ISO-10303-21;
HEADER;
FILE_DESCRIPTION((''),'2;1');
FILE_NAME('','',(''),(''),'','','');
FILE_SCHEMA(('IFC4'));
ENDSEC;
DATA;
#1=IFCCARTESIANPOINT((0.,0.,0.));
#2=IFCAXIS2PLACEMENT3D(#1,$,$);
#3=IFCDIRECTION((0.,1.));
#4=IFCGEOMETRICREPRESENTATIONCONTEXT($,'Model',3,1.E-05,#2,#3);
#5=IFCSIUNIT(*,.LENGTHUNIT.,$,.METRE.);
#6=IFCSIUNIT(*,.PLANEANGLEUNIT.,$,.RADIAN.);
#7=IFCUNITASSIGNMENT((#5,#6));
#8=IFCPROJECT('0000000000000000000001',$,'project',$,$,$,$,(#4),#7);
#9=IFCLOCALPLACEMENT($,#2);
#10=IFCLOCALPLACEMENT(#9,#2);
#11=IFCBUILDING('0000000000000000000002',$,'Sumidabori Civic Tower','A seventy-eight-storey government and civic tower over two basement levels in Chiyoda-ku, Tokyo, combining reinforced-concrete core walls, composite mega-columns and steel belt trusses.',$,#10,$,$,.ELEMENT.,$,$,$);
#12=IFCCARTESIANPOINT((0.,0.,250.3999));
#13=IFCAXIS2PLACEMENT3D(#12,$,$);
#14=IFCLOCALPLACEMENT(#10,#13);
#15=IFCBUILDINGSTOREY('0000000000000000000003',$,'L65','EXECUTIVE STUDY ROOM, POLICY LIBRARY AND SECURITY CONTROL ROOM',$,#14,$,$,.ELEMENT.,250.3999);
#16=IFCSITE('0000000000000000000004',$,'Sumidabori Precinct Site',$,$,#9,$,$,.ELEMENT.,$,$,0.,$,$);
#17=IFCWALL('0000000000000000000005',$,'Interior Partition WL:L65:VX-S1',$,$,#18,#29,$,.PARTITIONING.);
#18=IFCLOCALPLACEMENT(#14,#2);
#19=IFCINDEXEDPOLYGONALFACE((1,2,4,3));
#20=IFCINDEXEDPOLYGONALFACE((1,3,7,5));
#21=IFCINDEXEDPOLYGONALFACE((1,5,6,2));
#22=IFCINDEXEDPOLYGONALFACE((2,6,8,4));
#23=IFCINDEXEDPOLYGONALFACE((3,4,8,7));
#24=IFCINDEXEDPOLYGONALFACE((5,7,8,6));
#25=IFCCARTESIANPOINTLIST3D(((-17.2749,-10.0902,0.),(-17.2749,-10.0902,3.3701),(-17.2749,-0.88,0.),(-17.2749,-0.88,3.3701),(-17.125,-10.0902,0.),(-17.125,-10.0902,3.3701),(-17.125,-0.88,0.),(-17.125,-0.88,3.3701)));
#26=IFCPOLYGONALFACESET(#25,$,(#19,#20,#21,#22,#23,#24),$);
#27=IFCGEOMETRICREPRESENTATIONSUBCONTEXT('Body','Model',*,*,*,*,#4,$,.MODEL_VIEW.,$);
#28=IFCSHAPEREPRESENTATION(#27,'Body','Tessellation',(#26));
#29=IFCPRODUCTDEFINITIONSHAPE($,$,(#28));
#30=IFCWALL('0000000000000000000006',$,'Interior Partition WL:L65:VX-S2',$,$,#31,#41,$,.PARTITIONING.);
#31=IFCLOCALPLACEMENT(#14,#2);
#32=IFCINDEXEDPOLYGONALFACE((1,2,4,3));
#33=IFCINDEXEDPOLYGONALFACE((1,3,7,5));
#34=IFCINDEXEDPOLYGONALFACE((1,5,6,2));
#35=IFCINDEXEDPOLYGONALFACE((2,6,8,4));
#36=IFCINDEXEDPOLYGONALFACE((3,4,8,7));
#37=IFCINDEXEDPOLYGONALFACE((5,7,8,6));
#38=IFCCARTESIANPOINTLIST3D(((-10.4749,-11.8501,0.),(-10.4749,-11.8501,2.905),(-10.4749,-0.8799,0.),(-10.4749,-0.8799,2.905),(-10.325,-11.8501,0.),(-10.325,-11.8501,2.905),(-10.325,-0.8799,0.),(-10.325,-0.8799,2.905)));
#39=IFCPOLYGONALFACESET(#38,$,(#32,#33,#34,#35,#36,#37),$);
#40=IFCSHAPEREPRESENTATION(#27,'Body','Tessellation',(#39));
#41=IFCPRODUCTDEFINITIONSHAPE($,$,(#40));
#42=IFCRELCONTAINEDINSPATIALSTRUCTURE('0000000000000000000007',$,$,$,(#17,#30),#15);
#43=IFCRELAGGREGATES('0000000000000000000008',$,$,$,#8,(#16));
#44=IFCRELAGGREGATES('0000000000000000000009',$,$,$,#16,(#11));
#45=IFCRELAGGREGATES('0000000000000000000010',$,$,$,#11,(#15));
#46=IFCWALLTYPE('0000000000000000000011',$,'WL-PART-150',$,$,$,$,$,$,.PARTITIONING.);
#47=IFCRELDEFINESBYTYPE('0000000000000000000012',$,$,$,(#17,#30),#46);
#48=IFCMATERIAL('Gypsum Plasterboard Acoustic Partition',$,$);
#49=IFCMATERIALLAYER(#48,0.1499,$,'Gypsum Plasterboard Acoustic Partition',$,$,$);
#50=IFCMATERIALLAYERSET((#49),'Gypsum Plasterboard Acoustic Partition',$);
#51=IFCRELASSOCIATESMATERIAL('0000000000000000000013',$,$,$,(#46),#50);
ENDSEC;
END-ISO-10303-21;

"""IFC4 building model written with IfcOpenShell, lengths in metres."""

from ifc_helpers import new_model, si_unit, direction, frame, frame_2d, origin, place, context, subcontext, project, spatial, rectangle, extrude, source, transform, mapped, material, layer, layer_set, type_object, element, save


model = new_model("IFC4")

# Units and contexts
model_context = context("Model", 3, precision=1e-05, world=origin(), true_north=direction((0.0, 1.0)))
body_context = subcontext(model_context, "Body", "Model", "MODEL_VIEW")
ifc_project = project(units=[si_unit("LENGTHUNIT", "METRE"), si_unit("PLANEANGLEUNIT", "RADIAN")], contexts=[model_context])

# Site, building, storey
site_placement = place(None, origin())
site = spatial("IfcSite", under=ifc_project, at=site_placement, Name="Sumidabori Precinct Site", CompositionType="ELEMENT", RefElevation=0.0)
building_placement = place(site_placement, origin())
building = spatial("IfcBuilding", under=site, at=building_placement, Name="Sumidabori Civic Tower", Description="A seventy-eight-storey government and civic tower over two basement levels in Chiyoda-ku, Tokyo, combining reinforced-concrete core walls, composite mega-columns and steel belt trusses.", CompositionType="ELEMENT")
storey_placement = place(building_placement, frame((0.0, 0.0, 250.3999)))
storey = spatial("IfcBuildingStorey", under=building, at=storey_placement, Name="L65", Description="EXECUTIVE STUDY ROOM, POLICY LIBRARY AND SECURITY CONTROL ROOM", CompositionType="ELEMENT", Elevation=250.3999)

# Shared definitions
ifc_material_1 = material(Name="Gypsum Plasterboard Acoustic Partition")
ifc_layer_1 = layer(ifc_material_1, 0.1499, Name="Gypsum Plasterboard Acoustic Partition")
ifc_layer_set_1 = layer_set([ifc_layer_1], Name="Gypsum Plasterboard Acoustic Partition")
wall_type_1 = type_object("IfcWallType", Name="WL-PART-150", PredefinedType="PARTITIONING", material=ifc_layer_set_1)

# Walls
shared_shape_1 = source(origin(), body_context, "Body", "SweptSolid", [
    extrude(rectangle(XDim=9.2102, YDim=0.1499, at=frame_2d((4.605, 0.0))), origin(), (0.0, 0.0, 1.0), 3.3701),
])
wall_1_placement = place(storey_placement, frame((-17.2, -10.0901, 0.0), z_axis=(0.0, 0.0, 1.0), x_axis=(0.0, 1.0, 0.0)))
element("IfcWall", 1, at=wall_1_placement, inside=storey, type_object=wall_type_1, Name="Interior Partition WL:L65:VX-S1", PredefinedType="PARTITIONING", context=body_context, shape_type="MappedRepresentation", body=[
    mapped(shared_shape_1, transform((0.0, 0.0, 0.0), x_axis=(1.0, 0.0, 0.0), y_axis=(0.0, 1.0, 0.0), z_axis=(0.0, 0.0, 1.0), scale=1.0)),
])
shared_shape_2 = source(origin(), body_context, "Body", "SweptSolid", [
    extrude(rectangle(XDim=10.9702, YDim=0.1499, at=frame_2d((5.4851, 0.0))), origin(), (0.0, 0.0, 1.0), 2.905),
])
wall_2_placement = place(storey_placement, frame((-10.3999, -11.8501, 0.0), z_axis=(0.0, 0.0, 1.0), x_axis=(0.0, 1.0, 0.0)))
element("IfcWall", 2, at=wall_2_placement, inside=storey, type_object=wall_type_1, Name="Interior Partition WL:L65:VX-S2", PredefinedType="PARTITIONING", context=body_context, shape_type="MappedRepresentation", body=[
    mapped(shared_shape_2, transform((0.0, 0.0, 0.0), x_axis=(1.0, 0.0, 0.0), y_axis=(0.0, 1.0, 0.0), z_axis=(0.0, 0.0, 1.0), scale=1.0)),
])

save(model, "model.ifc")
